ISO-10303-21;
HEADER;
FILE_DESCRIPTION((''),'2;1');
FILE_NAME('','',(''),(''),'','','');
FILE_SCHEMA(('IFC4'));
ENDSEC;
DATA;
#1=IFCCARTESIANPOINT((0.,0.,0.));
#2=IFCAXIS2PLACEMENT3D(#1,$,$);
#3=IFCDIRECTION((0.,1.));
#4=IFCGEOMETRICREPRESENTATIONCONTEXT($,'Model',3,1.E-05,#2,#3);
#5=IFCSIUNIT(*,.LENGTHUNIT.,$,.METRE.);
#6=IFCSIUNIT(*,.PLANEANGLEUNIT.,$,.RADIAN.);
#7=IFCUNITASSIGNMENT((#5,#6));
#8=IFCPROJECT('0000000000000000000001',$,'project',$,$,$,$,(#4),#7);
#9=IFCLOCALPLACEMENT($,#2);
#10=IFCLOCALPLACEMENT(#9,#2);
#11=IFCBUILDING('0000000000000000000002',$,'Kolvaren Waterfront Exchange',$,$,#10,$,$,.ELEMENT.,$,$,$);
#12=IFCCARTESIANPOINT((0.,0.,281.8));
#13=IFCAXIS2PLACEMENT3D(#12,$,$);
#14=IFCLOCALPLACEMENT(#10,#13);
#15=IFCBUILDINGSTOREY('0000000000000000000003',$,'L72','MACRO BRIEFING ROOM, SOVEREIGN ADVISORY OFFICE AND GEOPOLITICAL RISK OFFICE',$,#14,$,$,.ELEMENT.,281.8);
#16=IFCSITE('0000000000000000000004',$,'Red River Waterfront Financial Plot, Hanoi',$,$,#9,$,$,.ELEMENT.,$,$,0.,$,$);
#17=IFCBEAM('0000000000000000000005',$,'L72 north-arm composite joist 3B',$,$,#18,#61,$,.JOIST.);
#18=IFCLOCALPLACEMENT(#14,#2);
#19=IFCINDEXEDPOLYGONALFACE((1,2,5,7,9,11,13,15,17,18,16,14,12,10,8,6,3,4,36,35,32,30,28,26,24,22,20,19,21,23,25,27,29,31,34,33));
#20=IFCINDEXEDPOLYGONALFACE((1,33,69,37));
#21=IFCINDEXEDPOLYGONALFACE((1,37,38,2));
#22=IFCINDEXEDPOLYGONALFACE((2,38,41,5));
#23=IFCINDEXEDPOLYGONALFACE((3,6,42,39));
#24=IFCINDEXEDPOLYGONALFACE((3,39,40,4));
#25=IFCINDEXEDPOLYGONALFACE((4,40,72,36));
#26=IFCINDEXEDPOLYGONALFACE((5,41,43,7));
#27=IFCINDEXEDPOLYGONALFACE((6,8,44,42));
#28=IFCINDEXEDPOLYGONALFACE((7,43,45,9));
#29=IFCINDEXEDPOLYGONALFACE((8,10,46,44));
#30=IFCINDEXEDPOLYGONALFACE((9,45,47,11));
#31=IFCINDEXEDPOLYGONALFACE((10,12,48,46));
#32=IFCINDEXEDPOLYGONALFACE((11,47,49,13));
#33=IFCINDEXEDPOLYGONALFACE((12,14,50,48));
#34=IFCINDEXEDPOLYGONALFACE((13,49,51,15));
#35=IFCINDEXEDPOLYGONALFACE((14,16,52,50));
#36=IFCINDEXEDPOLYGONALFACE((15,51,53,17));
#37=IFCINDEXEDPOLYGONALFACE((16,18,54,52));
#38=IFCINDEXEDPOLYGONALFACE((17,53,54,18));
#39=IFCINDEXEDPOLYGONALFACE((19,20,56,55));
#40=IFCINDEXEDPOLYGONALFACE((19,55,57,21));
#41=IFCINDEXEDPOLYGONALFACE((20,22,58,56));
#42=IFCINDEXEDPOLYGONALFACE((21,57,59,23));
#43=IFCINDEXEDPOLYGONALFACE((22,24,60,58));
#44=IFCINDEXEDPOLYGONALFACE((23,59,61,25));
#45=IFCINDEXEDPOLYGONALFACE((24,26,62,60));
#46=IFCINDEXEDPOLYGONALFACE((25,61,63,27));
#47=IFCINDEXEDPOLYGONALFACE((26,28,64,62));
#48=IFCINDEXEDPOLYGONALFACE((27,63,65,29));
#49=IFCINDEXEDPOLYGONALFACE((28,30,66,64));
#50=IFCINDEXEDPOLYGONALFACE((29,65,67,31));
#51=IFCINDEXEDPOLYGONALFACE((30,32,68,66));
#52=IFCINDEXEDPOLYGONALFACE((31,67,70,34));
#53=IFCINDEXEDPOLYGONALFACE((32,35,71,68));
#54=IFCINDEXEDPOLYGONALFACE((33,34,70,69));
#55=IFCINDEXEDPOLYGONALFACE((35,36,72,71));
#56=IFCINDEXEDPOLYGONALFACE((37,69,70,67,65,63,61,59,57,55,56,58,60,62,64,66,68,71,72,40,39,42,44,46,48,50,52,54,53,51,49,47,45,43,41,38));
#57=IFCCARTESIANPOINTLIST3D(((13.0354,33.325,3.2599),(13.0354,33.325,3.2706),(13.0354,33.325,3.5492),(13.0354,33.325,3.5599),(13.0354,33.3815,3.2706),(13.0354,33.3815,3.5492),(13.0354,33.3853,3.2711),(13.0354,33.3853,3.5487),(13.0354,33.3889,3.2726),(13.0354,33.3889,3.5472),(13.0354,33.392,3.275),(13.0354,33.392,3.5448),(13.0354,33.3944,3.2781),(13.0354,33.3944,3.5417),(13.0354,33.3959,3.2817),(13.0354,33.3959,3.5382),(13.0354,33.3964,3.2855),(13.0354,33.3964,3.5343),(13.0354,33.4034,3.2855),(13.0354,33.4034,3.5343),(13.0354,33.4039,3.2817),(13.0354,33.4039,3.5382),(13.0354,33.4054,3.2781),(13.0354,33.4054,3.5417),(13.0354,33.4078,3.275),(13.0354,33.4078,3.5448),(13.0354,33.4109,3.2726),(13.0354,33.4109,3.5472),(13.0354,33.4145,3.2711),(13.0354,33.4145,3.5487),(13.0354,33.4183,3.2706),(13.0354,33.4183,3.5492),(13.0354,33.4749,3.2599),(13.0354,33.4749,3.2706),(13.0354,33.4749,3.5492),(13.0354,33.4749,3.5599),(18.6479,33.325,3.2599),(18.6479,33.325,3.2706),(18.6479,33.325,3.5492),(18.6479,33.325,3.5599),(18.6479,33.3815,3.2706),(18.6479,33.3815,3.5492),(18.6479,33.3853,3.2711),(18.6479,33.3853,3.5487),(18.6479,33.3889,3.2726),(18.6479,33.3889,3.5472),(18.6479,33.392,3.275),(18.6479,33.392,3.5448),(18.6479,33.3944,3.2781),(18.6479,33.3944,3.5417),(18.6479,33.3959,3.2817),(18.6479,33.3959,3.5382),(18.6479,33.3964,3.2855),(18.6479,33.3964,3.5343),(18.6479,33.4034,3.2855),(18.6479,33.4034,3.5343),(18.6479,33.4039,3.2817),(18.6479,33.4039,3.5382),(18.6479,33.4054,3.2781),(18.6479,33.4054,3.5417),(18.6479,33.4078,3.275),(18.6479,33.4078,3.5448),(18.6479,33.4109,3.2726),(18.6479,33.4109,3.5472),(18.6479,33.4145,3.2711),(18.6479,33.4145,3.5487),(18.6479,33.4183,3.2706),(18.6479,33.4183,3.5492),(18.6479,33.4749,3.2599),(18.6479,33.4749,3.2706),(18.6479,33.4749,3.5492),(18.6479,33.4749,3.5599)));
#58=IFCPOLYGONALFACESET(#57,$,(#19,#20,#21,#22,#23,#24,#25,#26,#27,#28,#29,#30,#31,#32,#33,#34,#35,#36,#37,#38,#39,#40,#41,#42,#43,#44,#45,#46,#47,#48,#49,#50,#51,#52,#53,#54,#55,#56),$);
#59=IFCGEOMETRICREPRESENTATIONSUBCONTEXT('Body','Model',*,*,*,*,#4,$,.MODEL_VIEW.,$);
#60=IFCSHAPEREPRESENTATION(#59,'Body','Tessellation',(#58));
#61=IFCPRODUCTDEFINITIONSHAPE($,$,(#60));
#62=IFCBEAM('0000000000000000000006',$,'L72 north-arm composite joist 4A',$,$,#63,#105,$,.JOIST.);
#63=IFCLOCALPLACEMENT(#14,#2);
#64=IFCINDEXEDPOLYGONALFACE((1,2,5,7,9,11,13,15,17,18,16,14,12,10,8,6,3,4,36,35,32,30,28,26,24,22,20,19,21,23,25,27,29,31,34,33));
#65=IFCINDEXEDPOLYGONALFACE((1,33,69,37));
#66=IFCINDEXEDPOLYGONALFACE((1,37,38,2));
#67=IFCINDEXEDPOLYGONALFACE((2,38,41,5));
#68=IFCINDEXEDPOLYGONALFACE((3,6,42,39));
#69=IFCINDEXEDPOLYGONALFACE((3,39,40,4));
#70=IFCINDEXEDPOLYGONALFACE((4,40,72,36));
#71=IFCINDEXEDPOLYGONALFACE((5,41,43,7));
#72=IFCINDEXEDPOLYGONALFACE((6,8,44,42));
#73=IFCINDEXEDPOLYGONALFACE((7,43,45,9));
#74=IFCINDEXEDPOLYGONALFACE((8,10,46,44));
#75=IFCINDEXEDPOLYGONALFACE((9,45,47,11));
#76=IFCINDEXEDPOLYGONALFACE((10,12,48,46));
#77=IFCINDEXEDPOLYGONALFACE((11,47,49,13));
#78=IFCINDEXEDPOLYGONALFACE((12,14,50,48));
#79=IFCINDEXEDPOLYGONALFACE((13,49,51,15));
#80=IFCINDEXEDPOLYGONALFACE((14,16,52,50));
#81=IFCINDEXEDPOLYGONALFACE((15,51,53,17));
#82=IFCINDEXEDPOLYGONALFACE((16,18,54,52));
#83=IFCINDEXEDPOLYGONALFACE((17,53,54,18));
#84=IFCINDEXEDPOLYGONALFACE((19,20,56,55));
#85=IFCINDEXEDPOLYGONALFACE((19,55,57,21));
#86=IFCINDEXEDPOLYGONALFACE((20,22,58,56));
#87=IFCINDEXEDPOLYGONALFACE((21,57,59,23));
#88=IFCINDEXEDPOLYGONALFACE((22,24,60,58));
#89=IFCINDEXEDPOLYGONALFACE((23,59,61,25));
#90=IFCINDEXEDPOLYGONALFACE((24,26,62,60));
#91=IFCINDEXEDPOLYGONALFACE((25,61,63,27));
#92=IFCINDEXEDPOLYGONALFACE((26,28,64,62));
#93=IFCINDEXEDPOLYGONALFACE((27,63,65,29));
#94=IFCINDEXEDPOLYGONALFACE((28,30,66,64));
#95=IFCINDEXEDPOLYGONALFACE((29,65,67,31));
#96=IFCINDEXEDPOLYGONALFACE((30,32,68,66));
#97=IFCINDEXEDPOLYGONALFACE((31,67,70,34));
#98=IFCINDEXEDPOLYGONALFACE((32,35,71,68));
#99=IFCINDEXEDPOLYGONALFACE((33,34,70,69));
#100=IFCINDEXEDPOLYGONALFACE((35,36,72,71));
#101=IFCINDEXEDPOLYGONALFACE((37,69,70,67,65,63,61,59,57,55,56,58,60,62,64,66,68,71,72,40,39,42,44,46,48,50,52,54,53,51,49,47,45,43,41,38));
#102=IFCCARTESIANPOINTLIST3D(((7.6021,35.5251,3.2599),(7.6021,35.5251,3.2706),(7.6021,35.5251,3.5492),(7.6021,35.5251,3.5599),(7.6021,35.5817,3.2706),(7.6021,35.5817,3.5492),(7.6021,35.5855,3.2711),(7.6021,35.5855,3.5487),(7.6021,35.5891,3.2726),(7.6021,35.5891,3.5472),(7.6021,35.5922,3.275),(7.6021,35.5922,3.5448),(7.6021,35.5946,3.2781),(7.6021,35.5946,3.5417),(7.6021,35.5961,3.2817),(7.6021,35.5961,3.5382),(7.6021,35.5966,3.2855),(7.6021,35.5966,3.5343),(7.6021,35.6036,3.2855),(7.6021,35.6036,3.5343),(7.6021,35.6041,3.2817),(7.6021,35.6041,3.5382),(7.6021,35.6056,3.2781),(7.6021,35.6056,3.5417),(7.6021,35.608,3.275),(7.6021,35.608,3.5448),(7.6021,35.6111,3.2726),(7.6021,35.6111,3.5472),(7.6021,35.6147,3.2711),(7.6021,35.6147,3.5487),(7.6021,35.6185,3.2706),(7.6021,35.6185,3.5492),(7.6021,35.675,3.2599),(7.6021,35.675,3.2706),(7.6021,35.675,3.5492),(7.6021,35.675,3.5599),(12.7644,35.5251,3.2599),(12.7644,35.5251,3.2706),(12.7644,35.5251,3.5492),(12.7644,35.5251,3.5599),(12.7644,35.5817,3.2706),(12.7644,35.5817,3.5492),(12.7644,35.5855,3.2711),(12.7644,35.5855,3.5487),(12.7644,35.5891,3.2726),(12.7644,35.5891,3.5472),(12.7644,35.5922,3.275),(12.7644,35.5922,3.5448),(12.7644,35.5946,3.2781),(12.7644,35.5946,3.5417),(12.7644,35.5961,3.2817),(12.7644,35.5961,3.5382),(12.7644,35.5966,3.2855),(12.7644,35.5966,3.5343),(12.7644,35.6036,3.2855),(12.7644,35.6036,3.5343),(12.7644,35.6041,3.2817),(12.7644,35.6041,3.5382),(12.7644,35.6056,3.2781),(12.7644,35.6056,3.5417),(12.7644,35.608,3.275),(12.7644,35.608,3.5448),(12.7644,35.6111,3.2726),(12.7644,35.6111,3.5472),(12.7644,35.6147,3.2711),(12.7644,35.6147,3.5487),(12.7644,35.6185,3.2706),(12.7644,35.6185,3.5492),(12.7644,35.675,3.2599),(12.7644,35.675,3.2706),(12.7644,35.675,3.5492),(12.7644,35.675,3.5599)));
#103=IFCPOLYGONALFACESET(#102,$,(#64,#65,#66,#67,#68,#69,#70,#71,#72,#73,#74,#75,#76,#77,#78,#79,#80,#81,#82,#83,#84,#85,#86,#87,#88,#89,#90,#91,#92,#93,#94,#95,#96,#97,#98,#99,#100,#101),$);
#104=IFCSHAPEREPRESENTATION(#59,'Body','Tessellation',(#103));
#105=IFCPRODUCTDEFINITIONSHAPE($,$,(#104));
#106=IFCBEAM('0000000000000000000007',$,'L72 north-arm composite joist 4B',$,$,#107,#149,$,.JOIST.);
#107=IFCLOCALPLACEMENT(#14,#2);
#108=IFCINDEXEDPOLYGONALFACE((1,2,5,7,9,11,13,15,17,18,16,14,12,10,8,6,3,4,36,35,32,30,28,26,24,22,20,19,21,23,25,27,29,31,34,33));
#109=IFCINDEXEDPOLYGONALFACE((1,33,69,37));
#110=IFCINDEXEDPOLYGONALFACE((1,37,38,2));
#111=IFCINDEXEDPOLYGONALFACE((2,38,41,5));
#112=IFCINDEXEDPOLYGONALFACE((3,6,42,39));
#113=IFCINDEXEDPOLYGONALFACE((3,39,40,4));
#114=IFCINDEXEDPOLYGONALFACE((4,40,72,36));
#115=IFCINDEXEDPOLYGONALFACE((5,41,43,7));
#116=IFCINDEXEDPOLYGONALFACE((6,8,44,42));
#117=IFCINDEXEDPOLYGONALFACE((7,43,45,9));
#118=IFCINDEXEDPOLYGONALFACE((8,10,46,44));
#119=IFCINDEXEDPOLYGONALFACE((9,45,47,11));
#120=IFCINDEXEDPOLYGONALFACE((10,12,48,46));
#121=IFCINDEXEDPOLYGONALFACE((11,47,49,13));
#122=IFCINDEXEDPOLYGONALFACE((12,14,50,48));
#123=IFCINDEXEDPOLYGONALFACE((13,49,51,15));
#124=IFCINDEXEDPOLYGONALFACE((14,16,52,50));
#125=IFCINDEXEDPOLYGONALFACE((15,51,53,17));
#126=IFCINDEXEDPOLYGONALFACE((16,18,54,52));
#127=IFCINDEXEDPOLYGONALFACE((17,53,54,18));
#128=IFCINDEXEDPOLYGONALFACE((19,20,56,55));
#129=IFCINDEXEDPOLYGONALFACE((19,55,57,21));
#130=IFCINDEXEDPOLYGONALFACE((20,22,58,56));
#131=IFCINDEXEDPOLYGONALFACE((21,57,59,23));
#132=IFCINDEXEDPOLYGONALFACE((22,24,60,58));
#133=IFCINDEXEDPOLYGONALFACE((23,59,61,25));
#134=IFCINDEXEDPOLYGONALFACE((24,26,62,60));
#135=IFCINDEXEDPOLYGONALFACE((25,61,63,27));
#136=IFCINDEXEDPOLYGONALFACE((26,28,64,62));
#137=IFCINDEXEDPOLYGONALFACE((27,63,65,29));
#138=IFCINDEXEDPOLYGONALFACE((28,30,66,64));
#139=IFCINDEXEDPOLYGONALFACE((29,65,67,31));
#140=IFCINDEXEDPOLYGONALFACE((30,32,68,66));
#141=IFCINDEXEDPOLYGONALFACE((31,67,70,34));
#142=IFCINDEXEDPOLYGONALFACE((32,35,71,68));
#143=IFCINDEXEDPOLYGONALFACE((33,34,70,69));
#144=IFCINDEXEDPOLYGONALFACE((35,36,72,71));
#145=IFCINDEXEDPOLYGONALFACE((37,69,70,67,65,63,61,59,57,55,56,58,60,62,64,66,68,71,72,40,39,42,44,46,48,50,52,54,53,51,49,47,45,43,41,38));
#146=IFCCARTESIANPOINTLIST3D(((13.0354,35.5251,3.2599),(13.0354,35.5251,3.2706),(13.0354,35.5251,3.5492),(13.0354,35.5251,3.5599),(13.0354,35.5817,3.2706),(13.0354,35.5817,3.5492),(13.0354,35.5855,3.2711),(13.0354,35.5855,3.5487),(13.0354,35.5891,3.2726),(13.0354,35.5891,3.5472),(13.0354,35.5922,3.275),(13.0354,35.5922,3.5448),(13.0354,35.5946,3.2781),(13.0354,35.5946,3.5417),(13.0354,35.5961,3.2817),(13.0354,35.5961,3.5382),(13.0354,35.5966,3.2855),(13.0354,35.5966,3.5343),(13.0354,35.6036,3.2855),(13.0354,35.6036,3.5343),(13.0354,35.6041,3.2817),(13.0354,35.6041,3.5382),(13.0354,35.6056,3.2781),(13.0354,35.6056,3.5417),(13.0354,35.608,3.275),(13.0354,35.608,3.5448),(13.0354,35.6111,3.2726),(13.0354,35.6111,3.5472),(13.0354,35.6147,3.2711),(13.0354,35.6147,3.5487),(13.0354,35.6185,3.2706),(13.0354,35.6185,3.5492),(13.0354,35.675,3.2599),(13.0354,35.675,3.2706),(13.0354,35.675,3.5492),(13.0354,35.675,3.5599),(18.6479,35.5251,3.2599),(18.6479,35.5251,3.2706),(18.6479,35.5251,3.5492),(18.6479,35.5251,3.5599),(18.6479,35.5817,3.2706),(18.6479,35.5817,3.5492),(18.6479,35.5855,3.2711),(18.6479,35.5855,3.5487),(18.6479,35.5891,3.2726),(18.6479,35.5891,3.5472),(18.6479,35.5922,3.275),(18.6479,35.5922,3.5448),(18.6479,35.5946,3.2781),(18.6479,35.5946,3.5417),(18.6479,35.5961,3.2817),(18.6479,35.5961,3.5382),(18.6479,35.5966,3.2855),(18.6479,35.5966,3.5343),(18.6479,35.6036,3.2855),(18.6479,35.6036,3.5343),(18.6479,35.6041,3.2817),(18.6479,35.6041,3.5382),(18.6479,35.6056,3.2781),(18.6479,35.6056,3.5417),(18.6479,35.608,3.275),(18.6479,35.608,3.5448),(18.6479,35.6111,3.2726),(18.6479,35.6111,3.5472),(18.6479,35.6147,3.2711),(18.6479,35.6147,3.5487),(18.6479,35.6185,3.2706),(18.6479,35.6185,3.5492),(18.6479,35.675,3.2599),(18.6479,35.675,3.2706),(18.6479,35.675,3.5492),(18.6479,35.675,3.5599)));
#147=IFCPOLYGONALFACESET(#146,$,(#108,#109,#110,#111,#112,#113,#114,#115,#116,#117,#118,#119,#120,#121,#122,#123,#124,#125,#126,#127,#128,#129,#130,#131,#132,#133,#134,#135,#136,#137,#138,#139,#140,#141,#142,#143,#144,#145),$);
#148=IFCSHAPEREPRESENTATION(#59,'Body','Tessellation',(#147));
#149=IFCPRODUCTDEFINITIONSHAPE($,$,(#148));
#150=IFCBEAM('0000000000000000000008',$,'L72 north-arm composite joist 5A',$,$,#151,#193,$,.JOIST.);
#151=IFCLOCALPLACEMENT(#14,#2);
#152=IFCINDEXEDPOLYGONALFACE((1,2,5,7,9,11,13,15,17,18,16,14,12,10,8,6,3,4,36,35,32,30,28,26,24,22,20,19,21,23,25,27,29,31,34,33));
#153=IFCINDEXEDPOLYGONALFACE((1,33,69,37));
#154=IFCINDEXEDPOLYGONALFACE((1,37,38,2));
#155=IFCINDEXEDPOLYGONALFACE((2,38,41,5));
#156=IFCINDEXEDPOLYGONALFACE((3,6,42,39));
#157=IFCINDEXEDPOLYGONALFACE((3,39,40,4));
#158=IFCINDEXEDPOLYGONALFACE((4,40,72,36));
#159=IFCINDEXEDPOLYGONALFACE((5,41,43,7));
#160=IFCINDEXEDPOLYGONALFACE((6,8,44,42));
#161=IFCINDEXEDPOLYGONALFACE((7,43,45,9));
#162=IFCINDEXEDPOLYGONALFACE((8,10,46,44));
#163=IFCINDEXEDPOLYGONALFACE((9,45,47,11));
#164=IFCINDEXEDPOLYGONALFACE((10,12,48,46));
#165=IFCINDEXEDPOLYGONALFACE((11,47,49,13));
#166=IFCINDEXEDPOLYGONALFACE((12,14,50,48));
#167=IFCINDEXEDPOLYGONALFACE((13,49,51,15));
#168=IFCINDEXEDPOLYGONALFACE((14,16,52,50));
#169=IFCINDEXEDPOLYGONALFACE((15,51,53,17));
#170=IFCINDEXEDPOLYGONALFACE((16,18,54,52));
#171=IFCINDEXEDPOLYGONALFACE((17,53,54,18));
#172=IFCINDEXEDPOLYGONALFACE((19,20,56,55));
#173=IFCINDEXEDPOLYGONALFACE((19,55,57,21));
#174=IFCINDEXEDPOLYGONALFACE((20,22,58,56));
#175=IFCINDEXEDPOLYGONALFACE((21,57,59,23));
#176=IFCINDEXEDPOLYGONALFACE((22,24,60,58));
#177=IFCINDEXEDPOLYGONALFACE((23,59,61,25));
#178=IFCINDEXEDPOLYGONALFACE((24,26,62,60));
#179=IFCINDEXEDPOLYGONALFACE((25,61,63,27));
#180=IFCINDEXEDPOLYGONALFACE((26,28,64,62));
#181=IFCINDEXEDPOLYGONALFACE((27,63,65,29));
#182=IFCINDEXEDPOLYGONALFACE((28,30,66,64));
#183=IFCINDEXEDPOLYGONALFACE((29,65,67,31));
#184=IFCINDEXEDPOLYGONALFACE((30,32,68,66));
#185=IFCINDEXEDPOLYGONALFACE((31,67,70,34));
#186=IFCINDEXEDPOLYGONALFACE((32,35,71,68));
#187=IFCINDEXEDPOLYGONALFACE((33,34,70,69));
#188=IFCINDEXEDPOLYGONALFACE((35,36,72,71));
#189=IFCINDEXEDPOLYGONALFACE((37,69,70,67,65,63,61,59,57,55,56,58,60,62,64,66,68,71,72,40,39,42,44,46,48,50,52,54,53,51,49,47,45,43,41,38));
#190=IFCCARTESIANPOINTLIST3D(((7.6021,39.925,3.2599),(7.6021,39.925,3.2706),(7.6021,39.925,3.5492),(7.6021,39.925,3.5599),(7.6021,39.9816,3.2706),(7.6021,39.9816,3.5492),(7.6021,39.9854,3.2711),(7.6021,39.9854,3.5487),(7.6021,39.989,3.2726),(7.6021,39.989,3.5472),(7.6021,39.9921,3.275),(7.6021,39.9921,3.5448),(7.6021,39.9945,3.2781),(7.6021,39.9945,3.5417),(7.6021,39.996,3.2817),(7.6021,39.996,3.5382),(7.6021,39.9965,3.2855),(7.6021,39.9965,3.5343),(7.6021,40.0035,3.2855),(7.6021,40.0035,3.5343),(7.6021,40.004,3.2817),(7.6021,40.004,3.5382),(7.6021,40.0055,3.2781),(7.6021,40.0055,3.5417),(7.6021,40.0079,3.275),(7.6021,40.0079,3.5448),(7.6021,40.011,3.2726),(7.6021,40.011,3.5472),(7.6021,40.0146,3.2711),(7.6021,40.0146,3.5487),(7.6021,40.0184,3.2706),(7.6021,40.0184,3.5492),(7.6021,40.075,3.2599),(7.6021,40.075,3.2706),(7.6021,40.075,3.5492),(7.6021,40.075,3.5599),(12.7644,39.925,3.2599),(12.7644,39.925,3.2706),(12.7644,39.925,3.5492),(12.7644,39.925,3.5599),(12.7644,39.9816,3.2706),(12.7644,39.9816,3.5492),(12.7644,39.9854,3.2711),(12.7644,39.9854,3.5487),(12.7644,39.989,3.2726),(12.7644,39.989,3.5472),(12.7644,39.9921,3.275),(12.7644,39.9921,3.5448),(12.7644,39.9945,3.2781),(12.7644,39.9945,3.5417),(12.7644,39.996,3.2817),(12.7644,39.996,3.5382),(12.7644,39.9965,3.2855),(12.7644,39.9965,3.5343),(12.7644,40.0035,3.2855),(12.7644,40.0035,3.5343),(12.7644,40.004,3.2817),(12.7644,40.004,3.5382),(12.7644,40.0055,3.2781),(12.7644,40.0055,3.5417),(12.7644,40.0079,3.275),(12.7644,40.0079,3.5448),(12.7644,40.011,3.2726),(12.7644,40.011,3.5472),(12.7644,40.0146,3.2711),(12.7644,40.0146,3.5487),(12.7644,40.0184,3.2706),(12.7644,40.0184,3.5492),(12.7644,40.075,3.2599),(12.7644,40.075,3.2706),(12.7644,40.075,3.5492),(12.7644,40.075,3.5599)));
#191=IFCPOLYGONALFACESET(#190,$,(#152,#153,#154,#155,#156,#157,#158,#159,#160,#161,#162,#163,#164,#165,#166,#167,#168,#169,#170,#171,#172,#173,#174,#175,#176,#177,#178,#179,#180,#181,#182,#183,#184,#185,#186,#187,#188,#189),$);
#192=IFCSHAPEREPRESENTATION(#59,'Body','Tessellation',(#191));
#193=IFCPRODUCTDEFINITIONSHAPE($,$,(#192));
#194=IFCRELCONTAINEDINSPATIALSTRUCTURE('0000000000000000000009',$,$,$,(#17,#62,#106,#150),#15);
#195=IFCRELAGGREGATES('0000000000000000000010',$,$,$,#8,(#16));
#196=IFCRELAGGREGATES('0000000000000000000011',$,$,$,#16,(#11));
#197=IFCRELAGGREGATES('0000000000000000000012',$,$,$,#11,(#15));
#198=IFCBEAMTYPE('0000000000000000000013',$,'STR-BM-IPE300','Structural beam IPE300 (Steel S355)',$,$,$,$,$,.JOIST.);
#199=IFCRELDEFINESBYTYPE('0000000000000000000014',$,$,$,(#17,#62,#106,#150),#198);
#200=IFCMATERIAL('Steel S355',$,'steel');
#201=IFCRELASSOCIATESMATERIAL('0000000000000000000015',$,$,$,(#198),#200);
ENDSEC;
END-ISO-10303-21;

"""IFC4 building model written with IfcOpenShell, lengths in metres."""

from ifc_helpers import new_model, si_unit, direction, frame, origin, origin_2d, place, context, subcontext, project, spatial, i_section, extrude, material, material_profile, profile_set, type_object, element, save


model = new_model("IFC4")

# Units and contexts
model_context = context("Model", 3, precision=1e-05, world=origin(), true_north=direction((0.0, 1.0)))
body_context = subcontext(model_context, "Body", "Model", "MODEL_VIEW")
ifc_project = project(units=[si_unit("LENGTHUNIT", "METRE"), si_unit("PLANEANGLEUNIT", "RADIAN")], contexts=[model_context])

# Site, building, storey
site_placement = place(None, origin())
site = spatial("IfcSite", under=ifc_project, at=site_placement, Name="Red River Waterfront Financial Plot, Hanoi", CompositionType="ELEMENT", RefElevation=0.0)
building_placement = place(site_placement, origin())
building = spatial("IfcBuilding", under=site, at=building_placement, Name="Kolvaren Waterfront Exchange", CompositionType="ELEMENT")
storey_placement = place(building_placement, frame((0.0, 0.0, 281.8)))
storey = spatial("IfcBuildingStorey", under=building, at=storey_placement, Name="L72", Description="MACRO BRIEFING ROOM, SOVEREIGN ADVISORY OFFICE AND GEOPOLITICAL RISK OFFICE", CompositionType="ELEMENT", Elevation=281.8)

# Beams
ifc_material_1 = material(Name="Steel S355", Category="steel")
ifc_material_profile_1 = material_profile(ifc_material_1, i_section(OverallWidth=0.1499, OverallDepth=0.3, WebThickness=0.0071, FlangeThickness=0.0107, FilletRadius=0.0149, at=origin_2d()), Name="IPE300")
ifc_profile_set_1 = profile_set([ifc_material_profile_1], Name="Steel S355")
beam_type_1 = type_object("IfcBeamType", Name="STR-BM-IPE300", Description="Structural beam IPE300 (Steel S355)", PredefinedType="JOIST", material=ifc_profile_set_1)
beam_1_placement = place(storey_placement, frame((13.0354, 33.3999, 3.4099), z_axis=(1.0, 0.0, 0.0), x_axis=(0.0, 1.0, 0.0)))
element("IfcBeam", 1, at=beam_1_placement, inside=storey, type_object=beam_type_1, Name="L72 north-arm composite joist 3B", PredefinedType="JOIST", context=body_context, shape_type="SweptSolid", body=[
    extrude(i_section(OverallWidth=0.1499, OverallDepth=0.3, WebThickness=0.0071, FlangeThickness=0.0107, FilletRadius=0.0149, at=origin_2d()), origin(), (0.0, 0.0, 1.0), 5.6125),
])
beam_2_placement = place(storey_placement, frame((7.6021, 35.6001, 3.4099), z_axis=(1.0, 0.0, 0.0), x_axis=(0.0, 1.0, 0.0)))
element("IfcBeam", 2, at=beam_2_placement, inside=storey, type_object=beam_type_1, Name="L72 north-arm composite joist 4A", PredefinedType="JOIST", context=body_context, shape_type="SweptSolid", body=[
    extrude(i_section(OverallWidth=0.1499, OverallDepth=0.3, WebThickness=0.0071, FlangeThickness=0.0107, FilletRadius=0.0149, at=origin_2d()), origin(), (0.0, 0.0, 1.0), 5.1624),
])
beam_3_placement = place(storey_placement, frame((13.0354, 35.6001, 3.4099), z_axis=(1.0, 0.0, 0.0), x_axis=(0.0, 1.0, 0.0)))
element("IfcBeam", 3, at=beam_3_placement, inside=storey, type_object=beam_type_1, Name="L72 north-arm composite joist 4B", PredefinedType="JOIST", context=body_context, shape_type="SweptSolid", body=[
    extrude(i_section(OverallWidth=0.1499, OverallDepth=0.3, WebThickness=0.0071, FlangeThickness=0.0107, FilletRadius=0.0149, at=origin_2d()), origin(), (0.0, 0.0, 1.0), 5.6125),
])
beam_4_placement = place(storey_placement, frame((7.6021, 40.0, 3.4099), z_axis=(1.0, 0.0, 0.0), x_axis=(0.0, 1.0, 0.0)))
element("IfcBeam", 4, at=beam_4_placement, inside=storey, type_object=beam_type_1, Name="L72 north-arm composite joist 5A", PredefinedType="JOIST", context=body_context, shape_type="SweptSolid", body=[
    extrude(i_section(OverallWidth=0.1499, OverallDepth=0.3, WebThickness=0.0071, FlangeThickness=0.0107, FilletRadius=0.0149, at=origin_2d()), origin(), (0.0, 0.0, 1.0), 5.1624),
])

save(model, "model.ifc")
